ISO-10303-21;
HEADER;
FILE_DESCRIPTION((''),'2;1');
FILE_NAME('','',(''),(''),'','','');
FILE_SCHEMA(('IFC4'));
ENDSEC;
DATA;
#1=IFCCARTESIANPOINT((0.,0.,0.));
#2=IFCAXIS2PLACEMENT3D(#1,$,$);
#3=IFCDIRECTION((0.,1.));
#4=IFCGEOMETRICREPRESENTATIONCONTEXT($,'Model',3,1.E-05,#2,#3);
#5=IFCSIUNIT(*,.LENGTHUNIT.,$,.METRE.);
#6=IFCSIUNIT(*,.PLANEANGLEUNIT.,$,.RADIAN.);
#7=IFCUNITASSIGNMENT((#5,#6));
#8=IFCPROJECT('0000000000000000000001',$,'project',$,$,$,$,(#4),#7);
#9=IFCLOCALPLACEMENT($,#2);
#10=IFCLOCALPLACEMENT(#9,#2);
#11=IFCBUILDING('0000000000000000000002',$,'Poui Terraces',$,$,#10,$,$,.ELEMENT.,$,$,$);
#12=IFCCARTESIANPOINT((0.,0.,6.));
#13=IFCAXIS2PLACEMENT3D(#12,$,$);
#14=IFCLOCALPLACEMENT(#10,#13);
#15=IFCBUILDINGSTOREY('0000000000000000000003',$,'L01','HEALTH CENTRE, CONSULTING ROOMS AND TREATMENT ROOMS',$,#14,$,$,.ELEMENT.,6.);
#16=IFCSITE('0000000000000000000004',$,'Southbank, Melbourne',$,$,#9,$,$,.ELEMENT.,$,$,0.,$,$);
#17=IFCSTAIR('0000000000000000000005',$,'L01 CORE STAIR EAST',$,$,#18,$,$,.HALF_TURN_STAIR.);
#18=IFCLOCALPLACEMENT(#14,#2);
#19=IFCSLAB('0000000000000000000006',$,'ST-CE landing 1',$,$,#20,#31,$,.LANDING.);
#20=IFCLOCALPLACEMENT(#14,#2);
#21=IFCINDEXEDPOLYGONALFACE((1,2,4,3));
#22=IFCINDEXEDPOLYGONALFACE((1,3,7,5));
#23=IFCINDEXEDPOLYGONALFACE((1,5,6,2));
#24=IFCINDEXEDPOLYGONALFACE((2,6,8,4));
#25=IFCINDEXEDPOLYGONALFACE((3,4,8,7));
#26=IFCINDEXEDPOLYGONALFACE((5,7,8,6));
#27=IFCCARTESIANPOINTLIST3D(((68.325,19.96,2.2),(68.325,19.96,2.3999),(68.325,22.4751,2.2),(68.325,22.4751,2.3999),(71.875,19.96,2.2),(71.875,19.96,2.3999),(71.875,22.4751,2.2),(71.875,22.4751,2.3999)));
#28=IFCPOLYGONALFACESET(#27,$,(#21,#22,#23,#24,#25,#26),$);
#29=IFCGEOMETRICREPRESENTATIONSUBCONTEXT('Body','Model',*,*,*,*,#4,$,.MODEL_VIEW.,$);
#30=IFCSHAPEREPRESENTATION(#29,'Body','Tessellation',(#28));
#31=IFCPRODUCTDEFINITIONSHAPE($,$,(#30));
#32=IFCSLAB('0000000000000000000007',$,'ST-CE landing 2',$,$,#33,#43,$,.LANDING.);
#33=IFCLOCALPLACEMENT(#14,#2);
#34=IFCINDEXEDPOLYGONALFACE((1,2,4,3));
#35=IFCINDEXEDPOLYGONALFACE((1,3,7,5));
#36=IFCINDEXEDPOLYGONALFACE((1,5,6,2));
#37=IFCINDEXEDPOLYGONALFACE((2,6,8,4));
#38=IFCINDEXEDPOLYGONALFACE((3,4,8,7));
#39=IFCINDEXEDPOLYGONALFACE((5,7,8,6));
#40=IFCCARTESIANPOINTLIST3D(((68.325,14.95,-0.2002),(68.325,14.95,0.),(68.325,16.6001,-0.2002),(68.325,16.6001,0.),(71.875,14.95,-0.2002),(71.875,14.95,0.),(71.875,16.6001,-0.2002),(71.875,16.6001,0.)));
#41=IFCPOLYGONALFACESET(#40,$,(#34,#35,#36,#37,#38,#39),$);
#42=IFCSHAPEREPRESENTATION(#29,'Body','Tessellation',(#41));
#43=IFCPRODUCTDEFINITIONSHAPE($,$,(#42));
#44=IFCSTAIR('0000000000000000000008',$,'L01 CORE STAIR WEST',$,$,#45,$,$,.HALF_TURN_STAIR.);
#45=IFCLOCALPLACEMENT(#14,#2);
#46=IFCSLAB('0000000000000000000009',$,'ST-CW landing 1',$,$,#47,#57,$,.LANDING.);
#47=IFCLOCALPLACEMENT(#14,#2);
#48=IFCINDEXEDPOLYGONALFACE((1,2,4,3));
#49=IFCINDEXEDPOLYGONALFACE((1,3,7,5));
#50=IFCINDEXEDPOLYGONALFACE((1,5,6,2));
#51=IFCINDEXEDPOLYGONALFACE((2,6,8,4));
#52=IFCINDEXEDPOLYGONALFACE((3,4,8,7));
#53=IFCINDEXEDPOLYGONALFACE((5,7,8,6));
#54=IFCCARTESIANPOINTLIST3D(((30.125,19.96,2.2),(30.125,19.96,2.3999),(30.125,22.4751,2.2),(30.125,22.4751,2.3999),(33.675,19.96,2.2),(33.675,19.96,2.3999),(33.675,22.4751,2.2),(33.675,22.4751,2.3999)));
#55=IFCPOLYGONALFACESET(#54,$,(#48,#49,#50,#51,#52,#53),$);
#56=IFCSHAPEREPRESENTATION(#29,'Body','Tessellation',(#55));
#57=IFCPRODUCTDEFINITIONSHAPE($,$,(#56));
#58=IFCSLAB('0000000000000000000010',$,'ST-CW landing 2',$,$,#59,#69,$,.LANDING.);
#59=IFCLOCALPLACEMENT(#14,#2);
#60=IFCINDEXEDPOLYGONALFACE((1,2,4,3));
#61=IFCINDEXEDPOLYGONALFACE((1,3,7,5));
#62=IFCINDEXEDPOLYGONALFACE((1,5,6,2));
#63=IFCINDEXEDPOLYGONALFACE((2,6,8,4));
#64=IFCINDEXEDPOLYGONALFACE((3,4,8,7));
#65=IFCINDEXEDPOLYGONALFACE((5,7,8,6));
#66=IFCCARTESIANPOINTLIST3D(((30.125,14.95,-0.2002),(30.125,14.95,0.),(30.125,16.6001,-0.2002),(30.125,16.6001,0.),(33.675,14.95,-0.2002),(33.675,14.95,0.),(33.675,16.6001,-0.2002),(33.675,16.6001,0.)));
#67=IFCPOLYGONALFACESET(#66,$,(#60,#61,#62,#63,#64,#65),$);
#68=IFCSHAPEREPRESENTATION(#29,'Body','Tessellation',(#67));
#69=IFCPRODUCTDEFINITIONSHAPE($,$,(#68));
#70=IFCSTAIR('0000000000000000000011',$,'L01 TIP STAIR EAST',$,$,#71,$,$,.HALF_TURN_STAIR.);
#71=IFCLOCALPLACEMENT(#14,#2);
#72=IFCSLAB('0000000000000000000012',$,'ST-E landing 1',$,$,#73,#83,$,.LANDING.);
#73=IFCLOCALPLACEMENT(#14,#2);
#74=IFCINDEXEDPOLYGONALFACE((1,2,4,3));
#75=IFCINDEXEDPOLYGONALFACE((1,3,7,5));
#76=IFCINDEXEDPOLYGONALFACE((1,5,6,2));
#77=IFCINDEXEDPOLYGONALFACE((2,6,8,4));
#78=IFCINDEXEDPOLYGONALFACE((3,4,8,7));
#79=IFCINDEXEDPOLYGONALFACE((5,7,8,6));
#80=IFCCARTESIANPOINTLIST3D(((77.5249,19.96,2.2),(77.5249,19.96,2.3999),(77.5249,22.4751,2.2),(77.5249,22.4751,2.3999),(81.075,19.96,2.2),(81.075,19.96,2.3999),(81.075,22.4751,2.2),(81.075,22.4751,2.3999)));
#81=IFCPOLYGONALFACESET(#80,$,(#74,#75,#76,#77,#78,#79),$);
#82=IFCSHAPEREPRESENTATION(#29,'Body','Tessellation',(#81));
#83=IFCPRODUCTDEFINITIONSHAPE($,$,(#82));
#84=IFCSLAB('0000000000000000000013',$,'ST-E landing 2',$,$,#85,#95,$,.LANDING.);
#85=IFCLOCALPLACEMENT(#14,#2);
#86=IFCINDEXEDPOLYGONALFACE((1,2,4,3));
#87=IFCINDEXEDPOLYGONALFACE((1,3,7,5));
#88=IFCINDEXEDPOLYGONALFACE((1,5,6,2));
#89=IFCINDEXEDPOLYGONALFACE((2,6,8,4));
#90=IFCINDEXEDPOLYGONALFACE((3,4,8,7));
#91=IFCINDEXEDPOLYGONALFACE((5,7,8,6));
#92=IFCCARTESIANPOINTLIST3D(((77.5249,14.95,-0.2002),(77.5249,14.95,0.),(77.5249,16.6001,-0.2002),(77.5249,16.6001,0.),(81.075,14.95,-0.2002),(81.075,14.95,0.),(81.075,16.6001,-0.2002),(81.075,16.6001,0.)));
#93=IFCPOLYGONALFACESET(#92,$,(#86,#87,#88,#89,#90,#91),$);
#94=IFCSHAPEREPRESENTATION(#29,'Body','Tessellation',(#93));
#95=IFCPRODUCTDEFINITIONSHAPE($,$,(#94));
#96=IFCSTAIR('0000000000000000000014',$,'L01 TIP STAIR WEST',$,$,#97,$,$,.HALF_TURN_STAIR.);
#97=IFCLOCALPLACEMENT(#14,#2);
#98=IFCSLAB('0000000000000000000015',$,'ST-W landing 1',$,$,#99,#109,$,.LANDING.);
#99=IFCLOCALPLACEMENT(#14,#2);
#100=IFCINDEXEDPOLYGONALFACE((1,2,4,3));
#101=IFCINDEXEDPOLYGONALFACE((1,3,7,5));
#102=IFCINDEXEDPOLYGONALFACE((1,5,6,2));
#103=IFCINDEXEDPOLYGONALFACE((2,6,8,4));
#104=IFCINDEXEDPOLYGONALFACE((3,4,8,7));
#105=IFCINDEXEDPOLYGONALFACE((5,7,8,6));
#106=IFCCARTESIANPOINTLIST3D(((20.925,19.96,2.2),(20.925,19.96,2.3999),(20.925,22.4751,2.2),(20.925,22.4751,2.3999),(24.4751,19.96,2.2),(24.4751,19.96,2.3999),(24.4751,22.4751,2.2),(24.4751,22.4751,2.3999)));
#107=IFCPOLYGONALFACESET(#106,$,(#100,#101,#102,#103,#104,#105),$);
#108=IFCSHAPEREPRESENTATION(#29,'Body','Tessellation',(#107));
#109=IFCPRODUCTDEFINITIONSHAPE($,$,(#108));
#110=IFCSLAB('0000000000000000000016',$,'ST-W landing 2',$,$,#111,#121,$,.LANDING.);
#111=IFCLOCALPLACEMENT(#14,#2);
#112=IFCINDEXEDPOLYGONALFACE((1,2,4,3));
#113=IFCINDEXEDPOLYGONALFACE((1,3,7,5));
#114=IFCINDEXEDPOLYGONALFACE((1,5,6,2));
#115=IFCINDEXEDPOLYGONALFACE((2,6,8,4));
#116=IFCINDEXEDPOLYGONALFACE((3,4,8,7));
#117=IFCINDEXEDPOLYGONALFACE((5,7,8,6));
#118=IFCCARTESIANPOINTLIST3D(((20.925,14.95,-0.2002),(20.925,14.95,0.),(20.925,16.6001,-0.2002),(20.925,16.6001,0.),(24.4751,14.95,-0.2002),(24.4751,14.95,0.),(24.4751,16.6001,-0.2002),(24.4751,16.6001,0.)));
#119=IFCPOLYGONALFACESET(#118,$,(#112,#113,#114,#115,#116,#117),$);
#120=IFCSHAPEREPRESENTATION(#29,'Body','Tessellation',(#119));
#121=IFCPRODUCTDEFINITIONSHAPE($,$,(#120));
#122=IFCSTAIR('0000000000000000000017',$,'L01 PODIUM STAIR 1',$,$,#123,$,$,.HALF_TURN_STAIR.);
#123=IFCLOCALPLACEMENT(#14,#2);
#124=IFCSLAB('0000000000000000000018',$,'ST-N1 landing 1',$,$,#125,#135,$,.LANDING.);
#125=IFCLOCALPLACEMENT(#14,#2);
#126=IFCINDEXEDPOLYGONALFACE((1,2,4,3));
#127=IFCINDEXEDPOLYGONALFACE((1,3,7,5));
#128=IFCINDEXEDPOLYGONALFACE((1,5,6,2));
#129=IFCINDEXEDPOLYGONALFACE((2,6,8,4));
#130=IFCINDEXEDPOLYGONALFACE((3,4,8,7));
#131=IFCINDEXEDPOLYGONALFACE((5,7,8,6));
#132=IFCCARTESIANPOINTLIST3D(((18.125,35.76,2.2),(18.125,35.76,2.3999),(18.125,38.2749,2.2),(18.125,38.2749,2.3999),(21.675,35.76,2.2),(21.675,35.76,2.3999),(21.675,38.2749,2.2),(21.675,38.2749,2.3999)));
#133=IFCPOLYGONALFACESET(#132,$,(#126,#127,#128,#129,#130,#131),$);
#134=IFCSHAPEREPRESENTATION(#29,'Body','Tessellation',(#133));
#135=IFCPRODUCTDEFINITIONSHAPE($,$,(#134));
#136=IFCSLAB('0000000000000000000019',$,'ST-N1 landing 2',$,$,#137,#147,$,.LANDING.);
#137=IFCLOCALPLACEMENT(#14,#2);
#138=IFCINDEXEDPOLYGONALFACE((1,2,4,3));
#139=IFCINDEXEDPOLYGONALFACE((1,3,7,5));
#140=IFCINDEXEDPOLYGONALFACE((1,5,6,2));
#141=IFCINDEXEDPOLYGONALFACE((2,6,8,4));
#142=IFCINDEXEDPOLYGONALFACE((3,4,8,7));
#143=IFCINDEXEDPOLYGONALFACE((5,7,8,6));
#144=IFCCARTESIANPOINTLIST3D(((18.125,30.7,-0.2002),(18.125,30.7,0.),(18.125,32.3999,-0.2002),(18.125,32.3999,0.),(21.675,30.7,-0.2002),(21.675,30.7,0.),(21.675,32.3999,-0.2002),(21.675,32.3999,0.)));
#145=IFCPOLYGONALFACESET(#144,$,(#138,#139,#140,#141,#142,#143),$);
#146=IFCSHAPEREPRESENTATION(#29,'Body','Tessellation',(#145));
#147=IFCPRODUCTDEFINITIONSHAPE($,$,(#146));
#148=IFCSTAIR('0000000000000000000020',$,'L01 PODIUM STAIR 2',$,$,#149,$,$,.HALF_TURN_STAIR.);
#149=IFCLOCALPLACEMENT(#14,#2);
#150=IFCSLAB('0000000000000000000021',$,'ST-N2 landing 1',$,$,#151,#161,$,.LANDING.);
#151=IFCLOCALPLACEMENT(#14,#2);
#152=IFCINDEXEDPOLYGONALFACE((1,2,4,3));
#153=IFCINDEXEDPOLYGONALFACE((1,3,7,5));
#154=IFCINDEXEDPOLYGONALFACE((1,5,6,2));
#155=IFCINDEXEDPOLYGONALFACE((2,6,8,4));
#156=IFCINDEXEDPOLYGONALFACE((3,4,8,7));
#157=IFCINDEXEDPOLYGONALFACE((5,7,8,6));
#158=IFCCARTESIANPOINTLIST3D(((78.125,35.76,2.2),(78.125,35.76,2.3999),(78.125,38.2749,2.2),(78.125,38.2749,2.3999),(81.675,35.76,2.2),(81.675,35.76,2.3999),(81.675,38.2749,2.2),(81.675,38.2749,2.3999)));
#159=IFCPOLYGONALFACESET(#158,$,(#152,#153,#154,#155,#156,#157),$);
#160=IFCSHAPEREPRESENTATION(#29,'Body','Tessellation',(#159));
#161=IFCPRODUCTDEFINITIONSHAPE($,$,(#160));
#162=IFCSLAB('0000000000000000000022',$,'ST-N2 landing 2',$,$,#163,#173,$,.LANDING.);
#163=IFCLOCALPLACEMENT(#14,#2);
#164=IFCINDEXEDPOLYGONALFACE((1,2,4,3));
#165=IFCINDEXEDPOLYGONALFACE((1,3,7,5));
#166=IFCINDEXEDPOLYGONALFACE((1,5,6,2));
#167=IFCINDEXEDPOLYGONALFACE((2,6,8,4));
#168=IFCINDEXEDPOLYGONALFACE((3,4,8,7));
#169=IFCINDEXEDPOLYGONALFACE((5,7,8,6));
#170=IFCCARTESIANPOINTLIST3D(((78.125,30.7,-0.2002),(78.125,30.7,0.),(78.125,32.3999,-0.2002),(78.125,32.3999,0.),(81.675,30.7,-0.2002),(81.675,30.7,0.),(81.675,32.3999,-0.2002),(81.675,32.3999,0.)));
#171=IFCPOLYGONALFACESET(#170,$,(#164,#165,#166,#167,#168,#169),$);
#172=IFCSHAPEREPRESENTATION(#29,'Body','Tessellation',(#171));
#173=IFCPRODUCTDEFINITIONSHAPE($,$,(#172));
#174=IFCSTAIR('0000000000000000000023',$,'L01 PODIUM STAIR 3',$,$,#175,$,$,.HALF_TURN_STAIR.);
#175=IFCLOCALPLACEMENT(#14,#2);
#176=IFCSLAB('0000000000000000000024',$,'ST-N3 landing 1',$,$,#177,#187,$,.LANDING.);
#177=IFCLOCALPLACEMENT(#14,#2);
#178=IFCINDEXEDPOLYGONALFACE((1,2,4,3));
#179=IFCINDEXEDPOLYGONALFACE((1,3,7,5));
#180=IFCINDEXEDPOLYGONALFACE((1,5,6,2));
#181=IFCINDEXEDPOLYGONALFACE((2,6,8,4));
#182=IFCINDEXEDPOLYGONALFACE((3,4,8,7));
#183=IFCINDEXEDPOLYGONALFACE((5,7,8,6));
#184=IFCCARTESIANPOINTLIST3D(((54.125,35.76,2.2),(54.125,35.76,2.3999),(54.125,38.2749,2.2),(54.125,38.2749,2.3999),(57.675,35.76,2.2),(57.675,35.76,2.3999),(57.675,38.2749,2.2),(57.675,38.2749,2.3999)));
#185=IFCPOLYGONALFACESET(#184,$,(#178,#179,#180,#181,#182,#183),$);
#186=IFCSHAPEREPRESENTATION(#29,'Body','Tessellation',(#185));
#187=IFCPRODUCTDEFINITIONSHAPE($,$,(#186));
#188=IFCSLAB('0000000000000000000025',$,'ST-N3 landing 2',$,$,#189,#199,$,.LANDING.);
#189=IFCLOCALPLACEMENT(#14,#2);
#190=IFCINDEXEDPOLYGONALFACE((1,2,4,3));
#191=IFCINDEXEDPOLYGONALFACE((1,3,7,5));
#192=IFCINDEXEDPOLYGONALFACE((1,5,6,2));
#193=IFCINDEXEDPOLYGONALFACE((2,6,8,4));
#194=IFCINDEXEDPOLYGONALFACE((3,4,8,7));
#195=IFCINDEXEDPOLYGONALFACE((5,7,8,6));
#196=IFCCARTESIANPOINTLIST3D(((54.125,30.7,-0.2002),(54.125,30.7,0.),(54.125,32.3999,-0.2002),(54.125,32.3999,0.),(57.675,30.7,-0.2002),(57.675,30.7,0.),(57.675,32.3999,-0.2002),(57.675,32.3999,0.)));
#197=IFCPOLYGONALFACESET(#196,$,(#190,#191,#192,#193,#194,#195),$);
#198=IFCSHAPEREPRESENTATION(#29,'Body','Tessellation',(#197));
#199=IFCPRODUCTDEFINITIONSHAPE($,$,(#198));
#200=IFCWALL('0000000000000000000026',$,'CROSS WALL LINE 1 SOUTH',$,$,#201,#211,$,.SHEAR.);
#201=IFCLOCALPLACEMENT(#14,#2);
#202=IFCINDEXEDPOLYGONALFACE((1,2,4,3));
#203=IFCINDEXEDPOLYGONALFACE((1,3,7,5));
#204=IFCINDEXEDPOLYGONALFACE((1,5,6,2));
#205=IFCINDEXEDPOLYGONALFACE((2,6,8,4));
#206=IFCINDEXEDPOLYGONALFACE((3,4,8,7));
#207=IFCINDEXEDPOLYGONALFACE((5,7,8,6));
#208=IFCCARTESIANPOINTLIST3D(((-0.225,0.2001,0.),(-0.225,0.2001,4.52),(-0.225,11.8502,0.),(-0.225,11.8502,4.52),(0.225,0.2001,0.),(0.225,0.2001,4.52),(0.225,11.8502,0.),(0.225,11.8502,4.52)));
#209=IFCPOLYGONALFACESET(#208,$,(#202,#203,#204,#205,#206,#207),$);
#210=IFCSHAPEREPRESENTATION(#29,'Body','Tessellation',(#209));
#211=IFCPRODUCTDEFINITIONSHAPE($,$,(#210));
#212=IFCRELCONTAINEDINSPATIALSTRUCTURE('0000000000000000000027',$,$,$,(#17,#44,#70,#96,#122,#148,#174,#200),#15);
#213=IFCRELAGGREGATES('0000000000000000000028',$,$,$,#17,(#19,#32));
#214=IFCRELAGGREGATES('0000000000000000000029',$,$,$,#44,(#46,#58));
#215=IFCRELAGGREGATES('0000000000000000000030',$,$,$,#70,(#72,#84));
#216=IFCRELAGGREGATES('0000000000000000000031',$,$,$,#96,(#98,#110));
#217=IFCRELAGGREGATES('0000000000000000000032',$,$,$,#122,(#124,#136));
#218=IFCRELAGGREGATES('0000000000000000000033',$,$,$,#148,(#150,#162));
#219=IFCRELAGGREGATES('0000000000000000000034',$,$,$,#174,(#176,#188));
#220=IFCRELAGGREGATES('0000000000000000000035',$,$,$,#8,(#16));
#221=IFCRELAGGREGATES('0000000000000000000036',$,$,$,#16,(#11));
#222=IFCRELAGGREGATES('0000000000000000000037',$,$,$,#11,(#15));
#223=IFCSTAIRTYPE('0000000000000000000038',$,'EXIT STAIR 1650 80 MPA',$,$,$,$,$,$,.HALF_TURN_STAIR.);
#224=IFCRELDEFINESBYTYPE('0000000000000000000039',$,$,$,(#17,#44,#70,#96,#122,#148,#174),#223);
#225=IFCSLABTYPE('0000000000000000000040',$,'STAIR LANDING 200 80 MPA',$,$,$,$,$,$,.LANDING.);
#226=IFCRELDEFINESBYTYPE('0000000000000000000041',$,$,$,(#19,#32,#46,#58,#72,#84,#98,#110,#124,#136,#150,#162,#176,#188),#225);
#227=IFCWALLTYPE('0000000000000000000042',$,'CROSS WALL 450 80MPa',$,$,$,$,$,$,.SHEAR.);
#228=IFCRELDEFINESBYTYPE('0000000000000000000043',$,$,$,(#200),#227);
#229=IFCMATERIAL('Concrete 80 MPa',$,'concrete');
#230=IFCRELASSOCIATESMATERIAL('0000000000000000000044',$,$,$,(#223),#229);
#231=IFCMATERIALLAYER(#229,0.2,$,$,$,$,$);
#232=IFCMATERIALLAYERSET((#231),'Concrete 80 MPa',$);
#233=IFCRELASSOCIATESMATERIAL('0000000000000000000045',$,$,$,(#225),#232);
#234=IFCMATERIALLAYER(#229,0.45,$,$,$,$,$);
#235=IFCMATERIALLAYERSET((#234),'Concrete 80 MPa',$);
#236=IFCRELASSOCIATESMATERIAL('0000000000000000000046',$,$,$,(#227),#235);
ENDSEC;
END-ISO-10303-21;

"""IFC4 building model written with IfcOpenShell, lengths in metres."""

from ifc_helpers import new_model, si_unit, direction, frame, frame_2d, origin, place, context, subcontext, project, spatial, polyline, rectangle, outline, extrude, material, layer, layer_set, type_object, element, aggregate, save


model = new_model("IFC4")

# Units and contexts
model_context = context("Model", 3, precision=1e-05, world=origin(), true_north=direction((0.0, 1.0)))
body_context = subcontext(model_context, "Body", "Model", "MODEL_VIEW")
ifc_project = project(units=[si_unit("LENGTHUNIT", "METRE"), si_unit("PLANEANGLEUNIT", "RADIAN")], contexts=[model_context])

# Site, building, storey
site_placement = place(None, origin())
site = spatial("IfcSite", under=ifc_project, at=site_placement, Name="Southbank, Melbourne", CompositionType="ELEMENT", RefElevation=0.0)
building_placement = place(site_placement, origin())
building = spatial("IfcBuilding", under=site, at=building_placement, Name="Poui Terraces", CompositionType="ELEMENT")
storey_placement = place(building_placement, frame((0.0, 0.0, 6.0)))
storey = spatial("IfcBuildingStorey", under=building, at=storey_placement, Name="L01", Description="HEALTH CENTRE, CONSULTING ROOMS AND TREATMENT ROOMS", CompositionType="ELEMENT", Elevation=6.0)

# Stairs, slabs
ifc_material_1 = material(Name="Concrete 80 MPa", Category="concrete")
stair_type = type_object("IfcStairType", Name="EXIT STAIR 1650 80 MPA", PredefinedType="HALF_TURN_STAIR", material=ifc_material_1)
stair_1_placement = place(storey_placement, origin())
stair_1 = element("IfcStair", 1, at=stair_1_placement, inside=storey, type_object=stair_type, Name="L01 CORE STAIR EAST", PredefinedType="HALF_TURN_STAIR")
ifc_layer_1 = layer(ifc_material_1, 0.2)
ifc_layer_set_1 = layer_set([ifc_layer_1], Name="Concrete 80 MPa")
slab_type = type_object("IfcSlabType", Name="STAIR LANDING 200 80 MPA", PredefinedType="LANDING", material=ifc_layer_set_1)
slab_1_placement = place(storey_placement, frame((0.0, 0.0, 2.2)))
slab_1 = element("IfcSlab", 2, at=slab_1_placement, type_object=slab_type, Name="ST-CE landing 1", PredefinedType="LANDING", context=body_context, shape_type="SweptSolid", body=[
    extrude(outline(polyline([(68.325, 19.96), (71.875, 19.96), (71.875, 22.4751), (68.325, 22.4751), (68.325, 19.96)])), origin(), (0.0, 0.0, 1.0), 0.2),
])
slab_2_placement = place(storey_placement, frame((0.0, 0.0, -0.2002)))
slab_2 = element("IfcSlab", 3, at=slab_2_placement, type_object=slab_type, Name="ST-CE landing 2", PredefinedType="LANDING", context=body_context, shape_type="SweptSolid", body=[
    extrude(outline(polyline([(68.325, 14.95), (71.875, 14.95), (71.875, 16.6001), (68.325, 16.6001), (68.325, 14.95)])), origin(), (0.0, 0.0, 1.0), 0.2002),
])
aggregate(stair_1, [slab_1, slab_2])
stair_2_placement = place(storey_placement, origin())
stair_2 = element("IfcStair", 4, at=stair_2_placement, inside=storey, type_object=stair_type, Name="L01 CORE STAIR WEST", PredefinedType="HALF_TURN_STAIR")
slab_3_placement = place(storey_placement, frame((0.0, 0.0, 2.2)))
slab_3 = element("IfcSlab", 5, at=slab_3_placement, type_object=slab_type, Name="ST-CW landing 1", PredefinedType="LANDING", context=body_context, shape_type="SweptSolid", body=[
    extrude(outline(polyline([(30.125, 19.96), (33.675, 19.96), (33.675, 22.4751), (30.125, 22.4751), (30.125, 19.96)])), origin(), (0.0, 0.0, 1.0), 0.2),
])
slab_4_placement = place(storey_placement, frame((0.0, 0.0, -0.2002)))
slab_4 = element("IfcSlab", 6, at=slab_4_placement, type_object=slab_type, Name="ST-CW landing 2", PredefinedType="LANDING", context=body_context, shape_type="SweptSolid", body=[
    extrude(outline(polyline([(30.125, 14.95), (33.675, 14.95), (33.675, 16.6001), (30.125, 16.6001), (30.125, 14.95)])), origin(), (0.0, 0.0, 1.0), 0.2002),
])
aggregate(stair_2, [slab_3, slab_4])
stair_3_placement = place(storey_placement, origin())
stair_3 = element("IfcStair", 7, at=stair_3_placement, inside=storey, type_object=stair_type, Name="L01 TIP STAIR EAST", PredefinedType="HALF_TURN_STAIR")
slab_5_placement = place(storey_placement, frame((0.0, 0.0, 2.2)))
slab_5 = element("IfcSlab", 8, at=slab_5_placement, type_object=slab_type, Name="ST-E landing 1", PredefinedType="LANDING", context=body_context, shape_type="SweptSolid", body=[
    extrude(outline(polyline([(77.5249, 19.96), (81.075, 19.96), (81.075, 22.4751), (77.5249, 22.4751), (77.5249, 19.96)])), origin(), (0.0, 0.0, 1.0), 0.2),
])
slab_6_placement = place(storey_placement, frame((0.0, 0.0, -0.2002)))
slab_6 = element("IfcSlab", 9, at=slab_6_placement, type_object=slab_type, Name="ST-E landing 2", PredefinedType="LANDING", context=body_context, shape_type="SweptSolid", body=[
    extrude(outline(polyline([(77.5249, 14.95), (81.075, 14.95), (81.075, 16.6001), (77.5249, 16.6001), (77.5249, 14.95)])), origin(), (0.0, 0.0, 1.0), 0.2002),
])
aggregate(stair_3, [slab_5, slab_6])
stair_4_placement = place(storey_placement, origin())
stair_4 = element("IfcStair", 10, at=stair_4_placement, inside=storey, type_object=stair_type, Name="L01 TIP STAIR WEST", PredefinedType="HALF_TURN_STAIR")
slab_7_placement = place(storey_placement, frame((0.0, 0.0, 2.2)))
slab_7 = element("IfcSlab", 11, at=slab_7_placement, type_object=slab_type, Name="ST-W landing 1", PredefinedType="LANDING", context=body_context, shape_type="SweptSolid", body=[
    extrude(outline(polyline([(20.925, 19.96), (24.4751, 19.96), (24.4751, 22.4751), (20.925, 22.4751), (20.925, 19.96)])), origin(), (0.0, 0.0, 1.0), 0.2),
])
slab_8_placement = place(storey_placement, frame((0.0, 0.0, -0.2002)))
slab_8 = element("IfcSlab", 12, at=slab_8_placement, type_object=slab_type, Name="ST-W landing 2", PredefinedType="LANDING", context=body_context, shape_type="SweptSolid", body=[
    extrude(outline(polyline([(20.925, 14.95), (24.4751, 14.95), (24.4751, 16.6001), (20.925, 16.6001), (20.925, 14.95)])), origin(), (0.0, 0.0, 1.0), 0.2002),
])
aggregate(stair_4, [slab_7, slab_8])
stair_5_placement = place(storey_placement, origin())
stair_5 = element("IfcStair", 13, at=stair_5_placement, inside=storey, type_object=stair_type, Name="L01 PODIUM STAIR 1", PredefinedType="HALF_TURN_STAIR")
slab_9_placement = place(storey_placement, frame((0.0, 0.0, 2.2)))
slab_9 = element("IfcSlab", 14, at=slab_9_placement, type_object=slab_type, Name="ST-N1 landing 1", PredefinedType="LANDING", context=body_context, shape_type="SweptSolid", body=[
    extrude(outline(polyline([(18.125, 35.76), (21.675, 35.76), (21.675, 38.2749), (18.125, 38.2749), (18.125, 35.76)])), origin(), (0.0, 0.0, 1.0), 0.2),
])
slab_10_placement = place(storey_placement, frame((0.0, 0.0, -0.2002)))
slab_10 = element("IfcSlab", 15, at=slab_10_placement, type_object=slab_type, Name="ST-N1 landing 2", PredefinedType="LANDING", context=body_context, shape_type="SweptSolid", body=[
    extrude(outline(polyline([(18.125, 30.7), (21.675, 30.7), (21.675, 32.3999), (18.125, 32.3999), (18.125, 30.7)])), origin(), (0.0, 0.0, 1.0), 0.2002),
])
aggregate(stair_5, [slab_9, slab_10])
stair_6_placement = place(storey_placement, origin())
stair_6 = element("IfcStair", 16, at=stair_6_placement, inside=storey, type_object=stair_type, Name="L01 PODIUM STAIR 2", PredefinedType="HALF_TURN_STAIR")
slab_11_placement = place(storey_placement, frame((0.0, 0.0, 2.2)))
slab_11 = element("IfcSlab", 17, at=slab_11_placement, type_object=slab_type, Name="ST-N2 landing 1", PredefinedType="LANDING", context=body_context, shape_type="SweptSolid", body=[
    extrude(outline(polyline([(78.125, 35.76), (81.675, 35.76), (81.675, 38.2749), (78.125, 38.2749), (78.125, 35.76)])), origin(), (0.0, 0.0, 1.0), 0.2),
])
slab_12_placement = place(storey_placement, frame((0.0, 0.0, -0.2002)))
slab_12 = element("IfcSlab", 18, at=slab_12_placement, type_object=slab_type, Name="ST-N2 landing 2", PredefinedType="LANDING", context=body_context, shape_type="SweptSolid", body=[
    extrude(outline(polyline([(78.125, 30.7), (81.675, 30.7), (81.675, 32.3999), (78.125, 32.3999), (78.125, 30.7)])), origin(), (0.0, 0.0, 1.0), 0.2002),
])
aggregate(stair_6, [slab_11, slab_12])
stair_7_placement = place(storey_placement, origin())
stair_7 = element("IfcStair", 19, at=stair_7_placement, inside=storey, type_object=stair_type, Name="L01 PODIUM STAIR 3", PredefinedType="HALF_TURN_STAIR")
slab_13_placement = place(storey_placement, frame((0.0, 0.0, 2.2)))
slab_13 = element("IfcSlab", 20, at=slab_13_placement, type_object=slab_type, Name="ST-N3 landing 1", PredefinedType="LANDING", context=body_context, shape_type="SweptSolid", body=[
    extrude(outline(polyline([(54.125, 35.76), (57.675, 35.76), (57.675, 38.2749), (54.125, 38.2749), (54.125, 35.76)])), origin(), (0.0, 0.0, 1.0), 0.2),
])
slab_14_placement = place(storey_placement, frame((0.0, 0.0, -0.2002)))
slab_14 = element("IfcSlab", 21, at=slab_14_placement, type_object=slab_type, Name="ST-N3 landing 2", PredefinedType="LANDING", context=body_context, shape_type="SweptSolid", body=[
    extrude(outline(polyline([(54.125, 30.7), (57.675, 30.7), (57.675, 32.3999), (54.125, 32.3999), (54.125, 30.7)])), origin(), (0.0, 0.0, 1.0), 0.2002),
])
aggregate(stair_7, [slab_13, slab_14])

# Wall
ifc_layer_2 = layer(ifc_material_1, 0.45)
ifc_layer_set_2 = layer_set([ifc_layer_2], Name="Concrete 80 MPa")
wall_type_1 = type_object("IfcWallType", Name="CROSS WALL 450 80MPa", PredefinedType="SHEAR", material=ifc_layer_set_2)
wall_1_placement = place(storey_placement, frame((0.0, 0.2, 0.0), z_axis=(0.0, 0.0, 1.0), x_axis=(0.0, 1.0, 0.0)))
element("IfcWall", 22, at=wall_1_placement, inside=storey, type_object=wall_type_1, Name="CROSS WALL LINE 1 SOUTH", PredefinedType="SHEAR", context=body_context, shape_type="SweptSolid", body=[
    extrude(rectangle(XDim=11.6501, YDim=0.45, at=frame_2d((5.8252, 0.0))), origin(), (0.0, 0.0, 1.0), 4.52),
])

save(model, "model.ifc")
